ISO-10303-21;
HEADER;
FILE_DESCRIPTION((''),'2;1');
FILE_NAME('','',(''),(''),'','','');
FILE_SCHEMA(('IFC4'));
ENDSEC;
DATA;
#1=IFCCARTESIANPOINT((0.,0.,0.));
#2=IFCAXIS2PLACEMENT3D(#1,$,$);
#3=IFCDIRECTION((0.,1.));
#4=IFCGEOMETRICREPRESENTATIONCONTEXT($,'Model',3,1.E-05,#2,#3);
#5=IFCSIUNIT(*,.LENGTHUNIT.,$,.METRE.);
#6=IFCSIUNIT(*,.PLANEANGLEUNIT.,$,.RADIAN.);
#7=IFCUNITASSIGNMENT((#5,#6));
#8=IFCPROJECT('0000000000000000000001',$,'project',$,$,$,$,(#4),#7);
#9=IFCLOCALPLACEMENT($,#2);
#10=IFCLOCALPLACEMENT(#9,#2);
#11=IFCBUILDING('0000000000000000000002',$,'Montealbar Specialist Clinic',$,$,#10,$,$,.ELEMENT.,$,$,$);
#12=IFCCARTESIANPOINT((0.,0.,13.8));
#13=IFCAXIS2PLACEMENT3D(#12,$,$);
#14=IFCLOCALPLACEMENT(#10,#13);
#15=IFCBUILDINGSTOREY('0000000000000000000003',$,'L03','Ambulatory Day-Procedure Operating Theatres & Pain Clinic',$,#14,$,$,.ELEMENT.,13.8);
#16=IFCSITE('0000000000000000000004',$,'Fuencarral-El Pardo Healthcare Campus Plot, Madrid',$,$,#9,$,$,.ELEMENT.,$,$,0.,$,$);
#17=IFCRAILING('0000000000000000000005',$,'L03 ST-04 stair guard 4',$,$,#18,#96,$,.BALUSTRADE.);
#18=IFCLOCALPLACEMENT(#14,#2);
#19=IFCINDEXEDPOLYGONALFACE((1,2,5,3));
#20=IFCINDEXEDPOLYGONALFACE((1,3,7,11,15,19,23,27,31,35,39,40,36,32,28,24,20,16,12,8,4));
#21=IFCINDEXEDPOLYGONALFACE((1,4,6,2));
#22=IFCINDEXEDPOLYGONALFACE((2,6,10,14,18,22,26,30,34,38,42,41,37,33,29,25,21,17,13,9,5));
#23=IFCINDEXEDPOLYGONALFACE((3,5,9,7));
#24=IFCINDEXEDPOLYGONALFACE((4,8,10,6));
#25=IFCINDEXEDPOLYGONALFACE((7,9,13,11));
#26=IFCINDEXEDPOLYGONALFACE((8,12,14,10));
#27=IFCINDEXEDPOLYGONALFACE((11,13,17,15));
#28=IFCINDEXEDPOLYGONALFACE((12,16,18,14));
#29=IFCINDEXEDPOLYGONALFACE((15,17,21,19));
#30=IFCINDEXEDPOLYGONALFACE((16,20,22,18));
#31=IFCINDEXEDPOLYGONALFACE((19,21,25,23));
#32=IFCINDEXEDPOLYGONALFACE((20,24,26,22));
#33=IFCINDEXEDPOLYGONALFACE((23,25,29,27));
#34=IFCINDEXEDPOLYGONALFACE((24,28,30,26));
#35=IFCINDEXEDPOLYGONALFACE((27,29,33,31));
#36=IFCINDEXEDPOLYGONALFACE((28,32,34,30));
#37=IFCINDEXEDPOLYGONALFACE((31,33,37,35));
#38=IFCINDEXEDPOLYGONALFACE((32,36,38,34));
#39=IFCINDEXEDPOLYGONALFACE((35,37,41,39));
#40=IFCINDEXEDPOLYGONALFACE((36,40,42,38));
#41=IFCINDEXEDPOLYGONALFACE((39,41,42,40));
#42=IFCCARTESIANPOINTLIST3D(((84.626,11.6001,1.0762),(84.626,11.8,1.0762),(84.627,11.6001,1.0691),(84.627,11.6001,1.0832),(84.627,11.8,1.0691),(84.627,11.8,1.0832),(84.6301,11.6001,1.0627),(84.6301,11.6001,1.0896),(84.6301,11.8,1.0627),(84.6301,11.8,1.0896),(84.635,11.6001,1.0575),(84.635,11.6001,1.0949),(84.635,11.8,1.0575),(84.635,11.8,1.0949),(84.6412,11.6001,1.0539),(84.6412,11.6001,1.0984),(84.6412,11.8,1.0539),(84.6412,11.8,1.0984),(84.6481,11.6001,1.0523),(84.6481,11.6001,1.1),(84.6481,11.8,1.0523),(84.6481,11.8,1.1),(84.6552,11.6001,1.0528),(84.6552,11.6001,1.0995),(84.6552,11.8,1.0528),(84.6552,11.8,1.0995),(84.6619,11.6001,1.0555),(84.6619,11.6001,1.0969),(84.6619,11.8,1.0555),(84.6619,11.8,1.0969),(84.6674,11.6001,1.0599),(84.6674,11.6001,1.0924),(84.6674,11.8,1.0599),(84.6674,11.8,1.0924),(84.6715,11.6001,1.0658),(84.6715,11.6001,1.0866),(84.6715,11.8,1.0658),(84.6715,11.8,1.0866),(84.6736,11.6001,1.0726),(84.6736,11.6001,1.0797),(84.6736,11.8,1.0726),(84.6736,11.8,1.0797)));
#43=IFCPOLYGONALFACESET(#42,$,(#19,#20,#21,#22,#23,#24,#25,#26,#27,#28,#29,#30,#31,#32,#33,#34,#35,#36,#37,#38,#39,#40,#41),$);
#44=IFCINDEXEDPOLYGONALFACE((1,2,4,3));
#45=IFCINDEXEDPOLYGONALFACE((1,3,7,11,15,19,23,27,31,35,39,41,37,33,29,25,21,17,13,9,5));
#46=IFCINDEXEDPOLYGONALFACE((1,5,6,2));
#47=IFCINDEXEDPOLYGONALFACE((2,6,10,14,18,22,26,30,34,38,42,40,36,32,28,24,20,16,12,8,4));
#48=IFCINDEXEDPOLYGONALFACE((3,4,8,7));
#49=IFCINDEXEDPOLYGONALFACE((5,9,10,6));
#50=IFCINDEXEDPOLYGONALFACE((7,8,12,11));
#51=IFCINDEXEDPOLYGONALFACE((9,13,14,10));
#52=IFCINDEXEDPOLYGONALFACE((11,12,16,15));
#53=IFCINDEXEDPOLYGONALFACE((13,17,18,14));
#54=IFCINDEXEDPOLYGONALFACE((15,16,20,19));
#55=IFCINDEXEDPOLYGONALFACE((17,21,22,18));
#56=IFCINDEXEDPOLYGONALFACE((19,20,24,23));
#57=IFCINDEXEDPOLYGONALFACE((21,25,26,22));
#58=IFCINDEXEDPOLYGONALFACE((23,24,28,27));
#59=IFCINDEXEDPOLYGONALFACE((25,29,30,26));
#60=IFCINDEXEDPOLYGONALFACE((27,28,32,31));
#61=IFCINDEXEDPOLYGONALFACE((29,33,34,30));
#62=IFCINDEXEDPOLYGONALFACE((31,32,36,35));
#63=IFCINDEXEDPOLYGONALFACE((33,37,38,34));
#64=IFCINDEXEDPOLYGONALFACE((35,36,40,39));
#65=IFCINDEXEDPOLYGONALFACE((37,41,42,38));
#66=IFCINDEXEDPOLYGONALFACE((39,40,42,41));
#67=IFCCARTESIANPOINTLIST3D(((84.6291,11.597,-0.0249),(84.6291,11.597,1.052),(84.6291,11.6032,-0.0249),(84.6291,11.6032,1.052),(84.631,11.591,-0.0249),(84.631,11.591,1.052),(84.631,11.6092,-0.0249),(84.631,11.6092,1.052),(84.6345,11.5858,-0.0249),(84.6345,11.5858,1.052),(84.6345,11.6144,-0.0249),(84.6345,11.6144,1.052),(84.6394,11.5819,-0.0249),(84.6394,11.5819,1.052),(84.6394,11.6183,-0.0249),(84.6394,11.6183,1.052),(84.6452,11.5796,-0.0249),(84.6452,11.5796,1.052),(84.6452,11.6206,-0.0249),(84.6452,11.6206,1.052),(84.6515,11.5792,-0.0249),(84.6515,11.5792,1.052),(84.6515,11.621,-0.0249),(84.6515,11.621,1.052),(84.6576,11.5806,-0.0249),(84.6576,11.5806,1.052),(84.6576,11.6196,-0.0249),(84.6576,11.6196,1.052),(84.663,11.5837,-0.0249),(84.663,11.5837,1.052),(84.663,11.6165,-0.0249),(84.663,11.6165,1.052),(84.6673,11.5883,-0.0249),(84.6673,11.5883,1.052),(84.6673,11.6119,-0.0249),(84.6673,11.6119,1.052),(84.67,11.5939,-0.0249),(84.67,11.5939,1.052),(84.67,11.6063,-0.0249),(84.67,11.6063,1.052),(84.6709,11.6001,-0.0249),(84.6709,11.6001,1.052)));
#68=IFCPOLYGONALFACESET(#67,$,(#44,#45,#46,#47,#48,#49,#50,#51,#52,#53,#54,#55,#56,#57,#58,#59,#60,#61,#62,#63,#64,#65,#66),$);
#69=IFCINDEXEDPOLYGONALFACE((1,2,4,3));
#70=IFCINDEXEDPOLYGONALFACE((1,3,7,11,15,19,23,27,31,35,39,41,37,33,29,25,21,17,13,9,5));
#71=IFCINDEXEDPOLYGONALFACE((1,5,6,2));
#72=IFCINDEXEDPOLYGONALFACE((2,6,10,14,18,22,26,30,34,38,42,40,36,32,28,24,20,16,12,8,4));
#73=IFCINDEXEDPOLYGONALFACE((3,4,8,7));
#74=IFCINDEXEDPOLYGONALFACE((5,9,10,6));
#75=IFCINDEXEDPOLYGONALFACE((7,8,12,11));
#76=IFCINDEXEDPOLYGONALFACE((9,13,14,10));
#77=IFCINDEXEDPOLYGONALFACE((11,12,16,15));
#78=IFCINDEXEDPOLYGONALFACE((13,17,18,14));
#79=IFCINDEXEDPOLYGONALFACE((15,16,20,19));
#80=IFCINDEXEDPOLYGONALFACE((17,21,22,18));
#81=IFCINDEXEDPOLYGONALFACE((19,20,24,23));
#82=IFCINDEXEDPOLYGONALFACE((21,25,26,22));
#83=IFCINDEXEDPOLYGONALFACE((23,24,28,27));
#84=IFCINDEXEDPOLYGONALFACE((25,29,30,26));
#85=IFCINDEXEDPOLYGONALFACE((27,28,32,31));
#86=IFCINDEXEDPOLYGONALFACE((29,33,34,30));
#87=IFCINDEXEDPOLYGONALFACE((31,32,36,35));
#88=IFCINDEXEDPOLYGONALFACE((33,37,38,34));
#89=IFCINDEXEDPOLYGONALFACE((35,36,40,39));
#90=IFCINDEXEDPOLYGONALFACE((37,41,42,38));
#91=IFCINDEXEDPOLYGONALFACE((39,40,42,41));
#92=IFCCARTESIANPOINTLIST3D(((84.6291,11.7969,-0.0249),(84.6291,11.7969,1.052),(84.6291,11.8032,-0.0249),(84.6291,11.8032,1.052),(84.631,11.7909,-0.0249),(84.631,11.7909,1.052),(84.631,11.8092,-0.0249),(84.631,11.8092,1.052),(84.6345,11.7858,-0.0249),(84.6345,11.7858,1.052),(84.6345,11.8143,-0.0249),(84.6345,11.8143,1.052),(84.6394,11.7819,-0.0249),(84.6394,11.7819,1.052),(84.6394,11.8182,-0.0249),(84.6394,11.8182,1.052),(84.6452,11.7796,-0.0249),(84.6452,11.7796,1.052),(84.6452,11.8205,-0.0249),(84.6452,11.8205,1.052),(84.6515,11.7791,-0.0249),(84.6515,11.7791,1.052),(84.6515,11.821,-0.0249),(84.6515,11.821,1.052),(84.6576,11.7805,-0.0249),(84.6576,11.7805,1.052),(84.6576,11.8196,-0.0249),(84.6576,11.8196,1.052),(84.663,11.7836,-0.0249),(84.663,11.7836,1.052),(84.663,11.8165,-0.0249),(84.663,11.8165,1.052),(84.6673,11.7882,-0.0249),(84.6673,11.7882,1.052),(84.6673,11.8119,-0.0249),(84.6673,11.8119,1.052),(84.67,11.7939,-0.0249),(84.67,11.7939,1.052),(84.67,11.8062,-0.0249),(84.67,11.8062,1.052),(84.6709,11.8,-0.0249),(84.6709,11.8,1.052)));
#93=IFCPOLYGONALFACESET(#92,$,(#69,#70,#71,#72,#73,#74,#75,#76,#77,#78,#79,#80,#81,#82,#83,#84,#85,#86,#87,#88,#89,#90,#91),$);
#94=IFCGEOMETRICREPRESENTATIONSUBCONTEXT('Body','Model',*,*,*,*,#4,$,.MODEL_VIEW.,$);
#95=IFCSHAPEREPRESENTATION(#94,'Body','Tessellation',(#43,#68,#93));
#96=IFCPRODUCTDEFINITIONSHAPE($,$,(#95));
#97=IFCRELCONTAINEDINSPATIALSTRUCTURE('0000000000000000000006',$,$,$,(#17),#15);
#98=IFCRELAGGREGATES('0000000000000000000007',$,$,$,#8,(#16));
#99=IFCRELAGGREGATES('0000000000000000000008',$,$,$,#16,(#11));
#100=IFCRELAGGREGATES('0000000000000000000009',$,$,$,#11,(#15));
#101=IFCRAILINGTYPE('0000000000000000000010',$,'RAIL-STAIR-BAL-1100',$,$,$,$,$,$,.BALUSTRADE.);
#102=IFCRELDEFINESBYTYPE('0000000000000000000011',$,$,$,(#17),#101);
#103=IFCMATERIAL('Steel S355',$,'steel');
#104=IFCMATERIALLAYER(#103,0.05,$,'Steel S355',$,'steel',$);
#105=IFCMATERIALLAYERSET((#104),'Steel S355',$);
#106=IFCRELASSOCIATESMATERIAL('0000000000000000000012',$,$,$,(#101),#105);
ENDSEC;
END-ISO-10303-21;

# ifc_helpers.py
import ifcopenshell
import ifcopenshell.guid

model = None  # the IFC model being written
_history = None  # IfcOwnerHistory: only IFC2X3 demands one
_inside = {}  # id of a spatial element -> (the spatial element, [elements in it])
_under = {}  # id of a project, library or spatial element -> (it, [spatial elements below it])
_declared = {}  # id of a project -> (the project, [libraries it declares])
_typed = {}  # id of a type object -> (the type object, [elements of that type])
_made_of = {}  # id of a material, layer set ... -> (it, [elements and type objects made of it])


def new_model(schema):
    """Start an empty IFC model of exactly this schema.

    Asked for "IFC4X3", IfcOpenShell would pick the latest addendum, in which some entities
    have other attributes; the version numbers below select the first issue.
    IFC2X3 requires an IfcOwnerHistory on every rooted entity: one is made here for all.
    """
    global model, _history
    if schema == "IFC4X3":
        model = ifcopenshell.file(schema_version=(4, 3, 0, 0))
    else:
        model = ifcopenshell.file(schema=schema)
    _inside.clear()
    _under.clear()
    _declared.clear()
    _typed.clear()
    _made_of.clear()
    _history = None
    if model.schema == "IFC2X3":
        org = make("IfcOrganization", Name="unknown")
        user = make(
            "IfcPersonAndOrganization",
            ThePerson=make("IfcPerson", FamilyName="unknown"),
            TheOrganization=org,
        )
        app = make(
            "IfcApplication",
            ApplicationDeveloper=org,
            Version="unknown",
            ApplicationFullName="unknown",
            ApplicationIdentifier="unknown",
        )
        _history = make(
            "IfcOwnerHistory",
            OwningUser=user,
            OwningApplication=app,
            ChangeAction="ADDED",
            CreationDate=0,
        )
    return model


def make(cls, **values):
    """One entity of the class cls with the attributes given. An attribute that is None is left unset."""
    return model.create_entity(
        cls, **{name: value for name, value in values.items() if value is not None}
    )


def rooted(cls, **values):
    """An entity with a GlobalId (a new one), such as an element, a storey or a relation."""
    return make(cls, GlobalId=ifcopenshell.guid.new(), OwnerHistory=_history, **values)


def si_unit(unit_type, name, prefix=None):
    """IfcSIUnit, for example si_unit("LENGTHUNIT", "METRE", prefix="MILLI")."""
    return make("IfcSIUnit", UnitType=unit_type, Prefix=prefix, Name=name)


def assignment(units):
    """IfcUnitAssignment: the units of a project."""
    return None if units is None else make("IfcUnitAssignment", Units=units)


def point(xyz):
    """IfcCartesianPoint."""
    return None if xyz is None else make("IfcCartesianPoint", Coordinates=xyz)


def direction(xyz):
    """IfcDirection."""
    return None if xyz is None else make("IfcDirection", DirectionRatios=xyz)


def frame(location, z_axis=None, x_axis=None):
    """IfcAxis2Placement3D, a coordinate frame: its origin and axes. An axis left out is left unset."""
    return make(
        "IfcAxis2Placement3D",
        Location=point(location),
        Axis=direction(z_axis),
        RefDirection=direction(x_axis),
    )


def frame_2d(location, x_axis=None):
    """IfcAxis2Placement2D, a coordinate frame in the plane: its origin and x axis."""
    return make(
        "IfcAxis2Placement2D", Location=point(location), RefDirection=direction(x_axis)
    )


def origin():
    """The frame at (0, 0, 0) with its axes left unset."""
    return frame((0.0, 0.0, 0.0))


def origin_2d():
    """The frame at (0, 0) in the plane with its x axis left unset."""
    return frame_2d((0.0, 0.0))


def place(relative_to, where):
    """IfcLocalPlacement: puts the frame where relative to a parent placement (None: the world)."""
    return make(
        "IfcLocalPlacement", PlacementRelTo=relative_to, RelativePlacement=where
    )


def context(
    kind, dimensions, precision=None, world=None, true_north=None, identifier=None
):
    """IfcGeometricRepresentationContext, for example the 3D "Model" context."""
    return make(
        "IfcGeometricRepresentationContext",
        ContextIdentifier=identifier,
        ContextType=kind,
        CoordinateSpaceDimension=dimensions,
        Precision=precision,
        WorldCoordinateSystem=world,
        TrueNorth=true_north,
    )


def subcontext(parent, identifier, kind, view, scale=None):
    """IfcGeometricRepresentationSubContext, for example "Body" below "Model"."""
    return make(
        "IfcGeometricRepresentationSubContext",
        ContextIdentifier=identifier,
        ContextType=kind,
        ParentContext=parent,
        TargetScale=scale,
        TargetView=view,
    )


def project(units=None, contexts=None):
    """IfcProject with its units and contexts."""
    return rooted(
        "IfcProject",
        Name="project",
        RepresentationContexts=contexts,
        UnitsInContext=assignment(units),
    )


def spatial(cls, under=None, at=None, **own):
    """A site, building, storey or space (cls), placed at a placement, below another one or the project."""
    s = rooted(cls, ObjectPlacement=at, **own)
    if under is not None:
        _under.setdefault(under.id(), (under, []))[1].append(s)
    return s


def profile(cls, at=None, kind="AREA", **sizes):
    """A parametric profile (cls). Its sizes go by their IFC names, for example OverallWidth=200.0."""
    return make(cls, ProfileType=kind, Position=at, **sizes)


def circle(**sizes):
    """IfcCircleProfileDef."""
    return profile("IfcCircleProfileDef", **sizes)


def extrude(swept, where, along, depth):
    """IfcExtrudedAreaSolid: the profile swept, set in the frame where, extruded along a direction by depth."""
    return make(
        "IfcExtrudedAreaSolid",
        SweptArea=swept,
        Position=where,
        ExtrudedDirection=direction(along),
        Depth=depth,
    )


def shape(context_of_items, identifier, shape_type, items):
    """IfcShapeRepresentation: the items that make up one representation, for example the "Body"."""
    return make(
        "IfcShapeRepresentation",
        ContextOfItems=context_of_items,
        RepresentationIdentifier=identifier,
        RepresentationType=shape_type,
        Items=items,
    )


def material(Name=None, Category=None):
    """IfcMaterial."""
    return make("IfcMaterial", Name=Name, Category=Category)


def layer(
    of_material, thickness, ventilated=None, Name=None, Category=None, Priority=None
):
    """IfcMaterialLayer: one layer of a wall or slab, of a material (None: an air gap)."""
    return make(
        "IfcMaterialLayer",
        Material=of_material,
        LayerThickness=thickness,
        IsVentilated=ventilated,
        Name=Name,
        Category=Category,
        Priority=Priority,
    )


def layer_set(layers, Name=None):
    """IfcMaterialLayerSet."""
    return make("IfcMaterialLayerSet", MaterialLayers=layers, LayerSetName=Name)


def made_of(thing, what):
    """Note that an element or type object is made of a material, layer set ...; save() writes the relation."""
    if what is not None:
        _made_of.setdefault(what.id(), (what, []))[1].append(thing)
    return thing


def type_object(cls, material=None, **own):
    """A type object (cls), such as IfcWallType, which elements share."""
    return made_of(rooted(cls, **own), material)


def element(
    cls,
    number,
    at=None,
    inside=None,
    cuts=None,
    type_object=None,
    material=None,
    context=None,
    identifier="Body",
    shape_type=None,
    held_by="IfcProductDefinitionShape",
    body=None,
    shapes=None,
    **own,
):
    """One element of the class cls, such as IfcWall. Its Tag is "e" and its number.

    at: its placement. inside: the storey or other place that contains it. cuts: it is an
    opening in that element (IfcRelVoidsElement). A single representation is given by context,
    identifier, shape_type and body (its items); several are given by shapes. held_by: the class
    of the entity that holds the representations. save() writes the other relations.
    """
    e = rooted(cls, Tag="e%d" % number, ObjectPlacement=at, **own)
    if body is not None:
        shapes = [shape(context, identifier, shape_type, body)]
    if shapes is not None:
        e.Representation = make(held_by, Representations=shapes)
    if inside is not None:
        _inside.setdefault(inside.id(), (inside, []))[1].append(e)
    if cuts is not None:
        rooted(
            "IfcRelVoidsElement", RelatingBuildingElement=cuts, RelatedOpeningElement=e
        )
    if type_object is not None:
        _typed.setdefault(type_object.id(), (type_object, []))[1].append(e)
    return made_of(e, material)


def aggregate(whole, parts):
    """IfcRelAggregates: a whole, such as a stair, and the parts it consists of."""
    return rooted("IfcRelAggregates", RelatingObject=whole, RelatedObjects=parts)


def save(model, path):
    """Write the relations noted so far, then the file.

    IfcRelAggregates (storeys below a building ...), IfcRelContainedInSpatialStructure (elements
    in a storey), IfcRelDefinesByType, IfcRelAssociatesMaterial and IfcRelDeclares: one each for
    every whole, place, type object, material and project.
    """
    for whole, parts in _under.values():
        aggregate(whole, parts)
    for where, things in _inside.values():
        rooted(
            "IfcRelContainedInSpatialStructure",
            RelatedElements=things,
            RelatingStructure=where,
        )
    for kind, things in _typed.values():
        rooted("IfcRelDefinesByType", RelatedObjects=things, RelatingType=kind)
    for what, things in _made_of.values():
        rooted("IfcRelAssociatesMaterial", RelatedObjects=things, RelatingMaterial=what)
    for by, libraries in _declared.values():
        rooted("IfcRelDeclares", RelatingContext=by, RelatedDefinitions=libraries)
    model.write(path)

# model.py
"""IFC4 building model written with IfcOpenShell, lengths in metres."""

from ifc_helpers import new_model, si_unit, direction, frame, origin, origin_2d, place, context, subcontext, project, spatial, circle, extrude, material, layer, layer_set, type_object, element, save


model = new_model("IFC4")

# Units and contexts
model_context = context("Model", 3, precision=1e-05, world=origin(), true_north=direction((0.0, 1.0)))
body_context = subcontext(model_context, "Body", "Model", "MODEL_VIEW")
ifc_project = project(units=[si_unit("LENGTHUNIT", "METRE"), si_unit("PLANEANGLEUNIT", "RADIAN")], contexts=[model_context])

# Site, building, storey
site_placement = place(None, origin())
site = spatial("IfcSite", under=ifc_project, at=site_placement, Name="Fuencarral-El Pardo Healthcare Campus Plot, Madrid", CompositionType="ELEMENT", RefElevation=0.0)
building_placement = place(site_placement, origin())
building = spatial("IfcBuilding", under=site, at=building_placement, Name="Montealbar Specialist Clinic", CompositionType="ELEMENT")
storey_placement = place(building_placement, frame((0.0, 0.0, 13.8)))
storey = spatial("IfcBuildingStorey", under=building, at=storey_placement, Name="L03", Description="Ambulatory Day-Procedure Operating Theatres & Pain Clinic", CompositionType="ELEMENT", Elevation=13.8)

# Shared definitions
ifc_material_1 = material(Name="Steel S355", Category="steel")

# Railing
ifc_layer_1 = layer(ifc_material_1, 0.05, Name="Steel S355", Category="steel")
ifc_layer_set_1 = layer_set([ifc_layer_1], Name="Steel S355")
railing_type_1 = type_object("IfcRailingType", Name="RAIL-STAIR-BAL-1100", PredefinedType="BALUSTRADE", material=ifc_layer_set_1)
railing_1_placement = place(storey_placement, frame((84.6499, 11.6001, 0.0)))
element("IfcRailing", 1, at=railing_1_placement, inside=storey, type_object=railing_type_1, Name="L03 ST-04 stair guard 4", PredefinedType="BALUSTRADE", context=body_context, shape_type="SweptSolid", body=[
    extrude(circle(Radius=0.0239, at=origin_2d()), frame((0.0, 0.0, 1.0762), z_axis=(0.0, 1.0, 0.0), x_axis=(-1.0, 0.0, 0.0)), (0.0, 0.0, 1.0), 0.2),
    extrude(circle(Radius=0.021, at=origin_2d()), frame((0.0, 0.0, -0.0249)), (0.0, 0.0, 1.0), 1.0769),
    extrude(circle(Radius=0.021, at=origin_2d()), frame((0.0, 0.2, -0.0249)), (0.0, 0.0, 1.0), 1.0769),
])

save(model, "model.ifc")
